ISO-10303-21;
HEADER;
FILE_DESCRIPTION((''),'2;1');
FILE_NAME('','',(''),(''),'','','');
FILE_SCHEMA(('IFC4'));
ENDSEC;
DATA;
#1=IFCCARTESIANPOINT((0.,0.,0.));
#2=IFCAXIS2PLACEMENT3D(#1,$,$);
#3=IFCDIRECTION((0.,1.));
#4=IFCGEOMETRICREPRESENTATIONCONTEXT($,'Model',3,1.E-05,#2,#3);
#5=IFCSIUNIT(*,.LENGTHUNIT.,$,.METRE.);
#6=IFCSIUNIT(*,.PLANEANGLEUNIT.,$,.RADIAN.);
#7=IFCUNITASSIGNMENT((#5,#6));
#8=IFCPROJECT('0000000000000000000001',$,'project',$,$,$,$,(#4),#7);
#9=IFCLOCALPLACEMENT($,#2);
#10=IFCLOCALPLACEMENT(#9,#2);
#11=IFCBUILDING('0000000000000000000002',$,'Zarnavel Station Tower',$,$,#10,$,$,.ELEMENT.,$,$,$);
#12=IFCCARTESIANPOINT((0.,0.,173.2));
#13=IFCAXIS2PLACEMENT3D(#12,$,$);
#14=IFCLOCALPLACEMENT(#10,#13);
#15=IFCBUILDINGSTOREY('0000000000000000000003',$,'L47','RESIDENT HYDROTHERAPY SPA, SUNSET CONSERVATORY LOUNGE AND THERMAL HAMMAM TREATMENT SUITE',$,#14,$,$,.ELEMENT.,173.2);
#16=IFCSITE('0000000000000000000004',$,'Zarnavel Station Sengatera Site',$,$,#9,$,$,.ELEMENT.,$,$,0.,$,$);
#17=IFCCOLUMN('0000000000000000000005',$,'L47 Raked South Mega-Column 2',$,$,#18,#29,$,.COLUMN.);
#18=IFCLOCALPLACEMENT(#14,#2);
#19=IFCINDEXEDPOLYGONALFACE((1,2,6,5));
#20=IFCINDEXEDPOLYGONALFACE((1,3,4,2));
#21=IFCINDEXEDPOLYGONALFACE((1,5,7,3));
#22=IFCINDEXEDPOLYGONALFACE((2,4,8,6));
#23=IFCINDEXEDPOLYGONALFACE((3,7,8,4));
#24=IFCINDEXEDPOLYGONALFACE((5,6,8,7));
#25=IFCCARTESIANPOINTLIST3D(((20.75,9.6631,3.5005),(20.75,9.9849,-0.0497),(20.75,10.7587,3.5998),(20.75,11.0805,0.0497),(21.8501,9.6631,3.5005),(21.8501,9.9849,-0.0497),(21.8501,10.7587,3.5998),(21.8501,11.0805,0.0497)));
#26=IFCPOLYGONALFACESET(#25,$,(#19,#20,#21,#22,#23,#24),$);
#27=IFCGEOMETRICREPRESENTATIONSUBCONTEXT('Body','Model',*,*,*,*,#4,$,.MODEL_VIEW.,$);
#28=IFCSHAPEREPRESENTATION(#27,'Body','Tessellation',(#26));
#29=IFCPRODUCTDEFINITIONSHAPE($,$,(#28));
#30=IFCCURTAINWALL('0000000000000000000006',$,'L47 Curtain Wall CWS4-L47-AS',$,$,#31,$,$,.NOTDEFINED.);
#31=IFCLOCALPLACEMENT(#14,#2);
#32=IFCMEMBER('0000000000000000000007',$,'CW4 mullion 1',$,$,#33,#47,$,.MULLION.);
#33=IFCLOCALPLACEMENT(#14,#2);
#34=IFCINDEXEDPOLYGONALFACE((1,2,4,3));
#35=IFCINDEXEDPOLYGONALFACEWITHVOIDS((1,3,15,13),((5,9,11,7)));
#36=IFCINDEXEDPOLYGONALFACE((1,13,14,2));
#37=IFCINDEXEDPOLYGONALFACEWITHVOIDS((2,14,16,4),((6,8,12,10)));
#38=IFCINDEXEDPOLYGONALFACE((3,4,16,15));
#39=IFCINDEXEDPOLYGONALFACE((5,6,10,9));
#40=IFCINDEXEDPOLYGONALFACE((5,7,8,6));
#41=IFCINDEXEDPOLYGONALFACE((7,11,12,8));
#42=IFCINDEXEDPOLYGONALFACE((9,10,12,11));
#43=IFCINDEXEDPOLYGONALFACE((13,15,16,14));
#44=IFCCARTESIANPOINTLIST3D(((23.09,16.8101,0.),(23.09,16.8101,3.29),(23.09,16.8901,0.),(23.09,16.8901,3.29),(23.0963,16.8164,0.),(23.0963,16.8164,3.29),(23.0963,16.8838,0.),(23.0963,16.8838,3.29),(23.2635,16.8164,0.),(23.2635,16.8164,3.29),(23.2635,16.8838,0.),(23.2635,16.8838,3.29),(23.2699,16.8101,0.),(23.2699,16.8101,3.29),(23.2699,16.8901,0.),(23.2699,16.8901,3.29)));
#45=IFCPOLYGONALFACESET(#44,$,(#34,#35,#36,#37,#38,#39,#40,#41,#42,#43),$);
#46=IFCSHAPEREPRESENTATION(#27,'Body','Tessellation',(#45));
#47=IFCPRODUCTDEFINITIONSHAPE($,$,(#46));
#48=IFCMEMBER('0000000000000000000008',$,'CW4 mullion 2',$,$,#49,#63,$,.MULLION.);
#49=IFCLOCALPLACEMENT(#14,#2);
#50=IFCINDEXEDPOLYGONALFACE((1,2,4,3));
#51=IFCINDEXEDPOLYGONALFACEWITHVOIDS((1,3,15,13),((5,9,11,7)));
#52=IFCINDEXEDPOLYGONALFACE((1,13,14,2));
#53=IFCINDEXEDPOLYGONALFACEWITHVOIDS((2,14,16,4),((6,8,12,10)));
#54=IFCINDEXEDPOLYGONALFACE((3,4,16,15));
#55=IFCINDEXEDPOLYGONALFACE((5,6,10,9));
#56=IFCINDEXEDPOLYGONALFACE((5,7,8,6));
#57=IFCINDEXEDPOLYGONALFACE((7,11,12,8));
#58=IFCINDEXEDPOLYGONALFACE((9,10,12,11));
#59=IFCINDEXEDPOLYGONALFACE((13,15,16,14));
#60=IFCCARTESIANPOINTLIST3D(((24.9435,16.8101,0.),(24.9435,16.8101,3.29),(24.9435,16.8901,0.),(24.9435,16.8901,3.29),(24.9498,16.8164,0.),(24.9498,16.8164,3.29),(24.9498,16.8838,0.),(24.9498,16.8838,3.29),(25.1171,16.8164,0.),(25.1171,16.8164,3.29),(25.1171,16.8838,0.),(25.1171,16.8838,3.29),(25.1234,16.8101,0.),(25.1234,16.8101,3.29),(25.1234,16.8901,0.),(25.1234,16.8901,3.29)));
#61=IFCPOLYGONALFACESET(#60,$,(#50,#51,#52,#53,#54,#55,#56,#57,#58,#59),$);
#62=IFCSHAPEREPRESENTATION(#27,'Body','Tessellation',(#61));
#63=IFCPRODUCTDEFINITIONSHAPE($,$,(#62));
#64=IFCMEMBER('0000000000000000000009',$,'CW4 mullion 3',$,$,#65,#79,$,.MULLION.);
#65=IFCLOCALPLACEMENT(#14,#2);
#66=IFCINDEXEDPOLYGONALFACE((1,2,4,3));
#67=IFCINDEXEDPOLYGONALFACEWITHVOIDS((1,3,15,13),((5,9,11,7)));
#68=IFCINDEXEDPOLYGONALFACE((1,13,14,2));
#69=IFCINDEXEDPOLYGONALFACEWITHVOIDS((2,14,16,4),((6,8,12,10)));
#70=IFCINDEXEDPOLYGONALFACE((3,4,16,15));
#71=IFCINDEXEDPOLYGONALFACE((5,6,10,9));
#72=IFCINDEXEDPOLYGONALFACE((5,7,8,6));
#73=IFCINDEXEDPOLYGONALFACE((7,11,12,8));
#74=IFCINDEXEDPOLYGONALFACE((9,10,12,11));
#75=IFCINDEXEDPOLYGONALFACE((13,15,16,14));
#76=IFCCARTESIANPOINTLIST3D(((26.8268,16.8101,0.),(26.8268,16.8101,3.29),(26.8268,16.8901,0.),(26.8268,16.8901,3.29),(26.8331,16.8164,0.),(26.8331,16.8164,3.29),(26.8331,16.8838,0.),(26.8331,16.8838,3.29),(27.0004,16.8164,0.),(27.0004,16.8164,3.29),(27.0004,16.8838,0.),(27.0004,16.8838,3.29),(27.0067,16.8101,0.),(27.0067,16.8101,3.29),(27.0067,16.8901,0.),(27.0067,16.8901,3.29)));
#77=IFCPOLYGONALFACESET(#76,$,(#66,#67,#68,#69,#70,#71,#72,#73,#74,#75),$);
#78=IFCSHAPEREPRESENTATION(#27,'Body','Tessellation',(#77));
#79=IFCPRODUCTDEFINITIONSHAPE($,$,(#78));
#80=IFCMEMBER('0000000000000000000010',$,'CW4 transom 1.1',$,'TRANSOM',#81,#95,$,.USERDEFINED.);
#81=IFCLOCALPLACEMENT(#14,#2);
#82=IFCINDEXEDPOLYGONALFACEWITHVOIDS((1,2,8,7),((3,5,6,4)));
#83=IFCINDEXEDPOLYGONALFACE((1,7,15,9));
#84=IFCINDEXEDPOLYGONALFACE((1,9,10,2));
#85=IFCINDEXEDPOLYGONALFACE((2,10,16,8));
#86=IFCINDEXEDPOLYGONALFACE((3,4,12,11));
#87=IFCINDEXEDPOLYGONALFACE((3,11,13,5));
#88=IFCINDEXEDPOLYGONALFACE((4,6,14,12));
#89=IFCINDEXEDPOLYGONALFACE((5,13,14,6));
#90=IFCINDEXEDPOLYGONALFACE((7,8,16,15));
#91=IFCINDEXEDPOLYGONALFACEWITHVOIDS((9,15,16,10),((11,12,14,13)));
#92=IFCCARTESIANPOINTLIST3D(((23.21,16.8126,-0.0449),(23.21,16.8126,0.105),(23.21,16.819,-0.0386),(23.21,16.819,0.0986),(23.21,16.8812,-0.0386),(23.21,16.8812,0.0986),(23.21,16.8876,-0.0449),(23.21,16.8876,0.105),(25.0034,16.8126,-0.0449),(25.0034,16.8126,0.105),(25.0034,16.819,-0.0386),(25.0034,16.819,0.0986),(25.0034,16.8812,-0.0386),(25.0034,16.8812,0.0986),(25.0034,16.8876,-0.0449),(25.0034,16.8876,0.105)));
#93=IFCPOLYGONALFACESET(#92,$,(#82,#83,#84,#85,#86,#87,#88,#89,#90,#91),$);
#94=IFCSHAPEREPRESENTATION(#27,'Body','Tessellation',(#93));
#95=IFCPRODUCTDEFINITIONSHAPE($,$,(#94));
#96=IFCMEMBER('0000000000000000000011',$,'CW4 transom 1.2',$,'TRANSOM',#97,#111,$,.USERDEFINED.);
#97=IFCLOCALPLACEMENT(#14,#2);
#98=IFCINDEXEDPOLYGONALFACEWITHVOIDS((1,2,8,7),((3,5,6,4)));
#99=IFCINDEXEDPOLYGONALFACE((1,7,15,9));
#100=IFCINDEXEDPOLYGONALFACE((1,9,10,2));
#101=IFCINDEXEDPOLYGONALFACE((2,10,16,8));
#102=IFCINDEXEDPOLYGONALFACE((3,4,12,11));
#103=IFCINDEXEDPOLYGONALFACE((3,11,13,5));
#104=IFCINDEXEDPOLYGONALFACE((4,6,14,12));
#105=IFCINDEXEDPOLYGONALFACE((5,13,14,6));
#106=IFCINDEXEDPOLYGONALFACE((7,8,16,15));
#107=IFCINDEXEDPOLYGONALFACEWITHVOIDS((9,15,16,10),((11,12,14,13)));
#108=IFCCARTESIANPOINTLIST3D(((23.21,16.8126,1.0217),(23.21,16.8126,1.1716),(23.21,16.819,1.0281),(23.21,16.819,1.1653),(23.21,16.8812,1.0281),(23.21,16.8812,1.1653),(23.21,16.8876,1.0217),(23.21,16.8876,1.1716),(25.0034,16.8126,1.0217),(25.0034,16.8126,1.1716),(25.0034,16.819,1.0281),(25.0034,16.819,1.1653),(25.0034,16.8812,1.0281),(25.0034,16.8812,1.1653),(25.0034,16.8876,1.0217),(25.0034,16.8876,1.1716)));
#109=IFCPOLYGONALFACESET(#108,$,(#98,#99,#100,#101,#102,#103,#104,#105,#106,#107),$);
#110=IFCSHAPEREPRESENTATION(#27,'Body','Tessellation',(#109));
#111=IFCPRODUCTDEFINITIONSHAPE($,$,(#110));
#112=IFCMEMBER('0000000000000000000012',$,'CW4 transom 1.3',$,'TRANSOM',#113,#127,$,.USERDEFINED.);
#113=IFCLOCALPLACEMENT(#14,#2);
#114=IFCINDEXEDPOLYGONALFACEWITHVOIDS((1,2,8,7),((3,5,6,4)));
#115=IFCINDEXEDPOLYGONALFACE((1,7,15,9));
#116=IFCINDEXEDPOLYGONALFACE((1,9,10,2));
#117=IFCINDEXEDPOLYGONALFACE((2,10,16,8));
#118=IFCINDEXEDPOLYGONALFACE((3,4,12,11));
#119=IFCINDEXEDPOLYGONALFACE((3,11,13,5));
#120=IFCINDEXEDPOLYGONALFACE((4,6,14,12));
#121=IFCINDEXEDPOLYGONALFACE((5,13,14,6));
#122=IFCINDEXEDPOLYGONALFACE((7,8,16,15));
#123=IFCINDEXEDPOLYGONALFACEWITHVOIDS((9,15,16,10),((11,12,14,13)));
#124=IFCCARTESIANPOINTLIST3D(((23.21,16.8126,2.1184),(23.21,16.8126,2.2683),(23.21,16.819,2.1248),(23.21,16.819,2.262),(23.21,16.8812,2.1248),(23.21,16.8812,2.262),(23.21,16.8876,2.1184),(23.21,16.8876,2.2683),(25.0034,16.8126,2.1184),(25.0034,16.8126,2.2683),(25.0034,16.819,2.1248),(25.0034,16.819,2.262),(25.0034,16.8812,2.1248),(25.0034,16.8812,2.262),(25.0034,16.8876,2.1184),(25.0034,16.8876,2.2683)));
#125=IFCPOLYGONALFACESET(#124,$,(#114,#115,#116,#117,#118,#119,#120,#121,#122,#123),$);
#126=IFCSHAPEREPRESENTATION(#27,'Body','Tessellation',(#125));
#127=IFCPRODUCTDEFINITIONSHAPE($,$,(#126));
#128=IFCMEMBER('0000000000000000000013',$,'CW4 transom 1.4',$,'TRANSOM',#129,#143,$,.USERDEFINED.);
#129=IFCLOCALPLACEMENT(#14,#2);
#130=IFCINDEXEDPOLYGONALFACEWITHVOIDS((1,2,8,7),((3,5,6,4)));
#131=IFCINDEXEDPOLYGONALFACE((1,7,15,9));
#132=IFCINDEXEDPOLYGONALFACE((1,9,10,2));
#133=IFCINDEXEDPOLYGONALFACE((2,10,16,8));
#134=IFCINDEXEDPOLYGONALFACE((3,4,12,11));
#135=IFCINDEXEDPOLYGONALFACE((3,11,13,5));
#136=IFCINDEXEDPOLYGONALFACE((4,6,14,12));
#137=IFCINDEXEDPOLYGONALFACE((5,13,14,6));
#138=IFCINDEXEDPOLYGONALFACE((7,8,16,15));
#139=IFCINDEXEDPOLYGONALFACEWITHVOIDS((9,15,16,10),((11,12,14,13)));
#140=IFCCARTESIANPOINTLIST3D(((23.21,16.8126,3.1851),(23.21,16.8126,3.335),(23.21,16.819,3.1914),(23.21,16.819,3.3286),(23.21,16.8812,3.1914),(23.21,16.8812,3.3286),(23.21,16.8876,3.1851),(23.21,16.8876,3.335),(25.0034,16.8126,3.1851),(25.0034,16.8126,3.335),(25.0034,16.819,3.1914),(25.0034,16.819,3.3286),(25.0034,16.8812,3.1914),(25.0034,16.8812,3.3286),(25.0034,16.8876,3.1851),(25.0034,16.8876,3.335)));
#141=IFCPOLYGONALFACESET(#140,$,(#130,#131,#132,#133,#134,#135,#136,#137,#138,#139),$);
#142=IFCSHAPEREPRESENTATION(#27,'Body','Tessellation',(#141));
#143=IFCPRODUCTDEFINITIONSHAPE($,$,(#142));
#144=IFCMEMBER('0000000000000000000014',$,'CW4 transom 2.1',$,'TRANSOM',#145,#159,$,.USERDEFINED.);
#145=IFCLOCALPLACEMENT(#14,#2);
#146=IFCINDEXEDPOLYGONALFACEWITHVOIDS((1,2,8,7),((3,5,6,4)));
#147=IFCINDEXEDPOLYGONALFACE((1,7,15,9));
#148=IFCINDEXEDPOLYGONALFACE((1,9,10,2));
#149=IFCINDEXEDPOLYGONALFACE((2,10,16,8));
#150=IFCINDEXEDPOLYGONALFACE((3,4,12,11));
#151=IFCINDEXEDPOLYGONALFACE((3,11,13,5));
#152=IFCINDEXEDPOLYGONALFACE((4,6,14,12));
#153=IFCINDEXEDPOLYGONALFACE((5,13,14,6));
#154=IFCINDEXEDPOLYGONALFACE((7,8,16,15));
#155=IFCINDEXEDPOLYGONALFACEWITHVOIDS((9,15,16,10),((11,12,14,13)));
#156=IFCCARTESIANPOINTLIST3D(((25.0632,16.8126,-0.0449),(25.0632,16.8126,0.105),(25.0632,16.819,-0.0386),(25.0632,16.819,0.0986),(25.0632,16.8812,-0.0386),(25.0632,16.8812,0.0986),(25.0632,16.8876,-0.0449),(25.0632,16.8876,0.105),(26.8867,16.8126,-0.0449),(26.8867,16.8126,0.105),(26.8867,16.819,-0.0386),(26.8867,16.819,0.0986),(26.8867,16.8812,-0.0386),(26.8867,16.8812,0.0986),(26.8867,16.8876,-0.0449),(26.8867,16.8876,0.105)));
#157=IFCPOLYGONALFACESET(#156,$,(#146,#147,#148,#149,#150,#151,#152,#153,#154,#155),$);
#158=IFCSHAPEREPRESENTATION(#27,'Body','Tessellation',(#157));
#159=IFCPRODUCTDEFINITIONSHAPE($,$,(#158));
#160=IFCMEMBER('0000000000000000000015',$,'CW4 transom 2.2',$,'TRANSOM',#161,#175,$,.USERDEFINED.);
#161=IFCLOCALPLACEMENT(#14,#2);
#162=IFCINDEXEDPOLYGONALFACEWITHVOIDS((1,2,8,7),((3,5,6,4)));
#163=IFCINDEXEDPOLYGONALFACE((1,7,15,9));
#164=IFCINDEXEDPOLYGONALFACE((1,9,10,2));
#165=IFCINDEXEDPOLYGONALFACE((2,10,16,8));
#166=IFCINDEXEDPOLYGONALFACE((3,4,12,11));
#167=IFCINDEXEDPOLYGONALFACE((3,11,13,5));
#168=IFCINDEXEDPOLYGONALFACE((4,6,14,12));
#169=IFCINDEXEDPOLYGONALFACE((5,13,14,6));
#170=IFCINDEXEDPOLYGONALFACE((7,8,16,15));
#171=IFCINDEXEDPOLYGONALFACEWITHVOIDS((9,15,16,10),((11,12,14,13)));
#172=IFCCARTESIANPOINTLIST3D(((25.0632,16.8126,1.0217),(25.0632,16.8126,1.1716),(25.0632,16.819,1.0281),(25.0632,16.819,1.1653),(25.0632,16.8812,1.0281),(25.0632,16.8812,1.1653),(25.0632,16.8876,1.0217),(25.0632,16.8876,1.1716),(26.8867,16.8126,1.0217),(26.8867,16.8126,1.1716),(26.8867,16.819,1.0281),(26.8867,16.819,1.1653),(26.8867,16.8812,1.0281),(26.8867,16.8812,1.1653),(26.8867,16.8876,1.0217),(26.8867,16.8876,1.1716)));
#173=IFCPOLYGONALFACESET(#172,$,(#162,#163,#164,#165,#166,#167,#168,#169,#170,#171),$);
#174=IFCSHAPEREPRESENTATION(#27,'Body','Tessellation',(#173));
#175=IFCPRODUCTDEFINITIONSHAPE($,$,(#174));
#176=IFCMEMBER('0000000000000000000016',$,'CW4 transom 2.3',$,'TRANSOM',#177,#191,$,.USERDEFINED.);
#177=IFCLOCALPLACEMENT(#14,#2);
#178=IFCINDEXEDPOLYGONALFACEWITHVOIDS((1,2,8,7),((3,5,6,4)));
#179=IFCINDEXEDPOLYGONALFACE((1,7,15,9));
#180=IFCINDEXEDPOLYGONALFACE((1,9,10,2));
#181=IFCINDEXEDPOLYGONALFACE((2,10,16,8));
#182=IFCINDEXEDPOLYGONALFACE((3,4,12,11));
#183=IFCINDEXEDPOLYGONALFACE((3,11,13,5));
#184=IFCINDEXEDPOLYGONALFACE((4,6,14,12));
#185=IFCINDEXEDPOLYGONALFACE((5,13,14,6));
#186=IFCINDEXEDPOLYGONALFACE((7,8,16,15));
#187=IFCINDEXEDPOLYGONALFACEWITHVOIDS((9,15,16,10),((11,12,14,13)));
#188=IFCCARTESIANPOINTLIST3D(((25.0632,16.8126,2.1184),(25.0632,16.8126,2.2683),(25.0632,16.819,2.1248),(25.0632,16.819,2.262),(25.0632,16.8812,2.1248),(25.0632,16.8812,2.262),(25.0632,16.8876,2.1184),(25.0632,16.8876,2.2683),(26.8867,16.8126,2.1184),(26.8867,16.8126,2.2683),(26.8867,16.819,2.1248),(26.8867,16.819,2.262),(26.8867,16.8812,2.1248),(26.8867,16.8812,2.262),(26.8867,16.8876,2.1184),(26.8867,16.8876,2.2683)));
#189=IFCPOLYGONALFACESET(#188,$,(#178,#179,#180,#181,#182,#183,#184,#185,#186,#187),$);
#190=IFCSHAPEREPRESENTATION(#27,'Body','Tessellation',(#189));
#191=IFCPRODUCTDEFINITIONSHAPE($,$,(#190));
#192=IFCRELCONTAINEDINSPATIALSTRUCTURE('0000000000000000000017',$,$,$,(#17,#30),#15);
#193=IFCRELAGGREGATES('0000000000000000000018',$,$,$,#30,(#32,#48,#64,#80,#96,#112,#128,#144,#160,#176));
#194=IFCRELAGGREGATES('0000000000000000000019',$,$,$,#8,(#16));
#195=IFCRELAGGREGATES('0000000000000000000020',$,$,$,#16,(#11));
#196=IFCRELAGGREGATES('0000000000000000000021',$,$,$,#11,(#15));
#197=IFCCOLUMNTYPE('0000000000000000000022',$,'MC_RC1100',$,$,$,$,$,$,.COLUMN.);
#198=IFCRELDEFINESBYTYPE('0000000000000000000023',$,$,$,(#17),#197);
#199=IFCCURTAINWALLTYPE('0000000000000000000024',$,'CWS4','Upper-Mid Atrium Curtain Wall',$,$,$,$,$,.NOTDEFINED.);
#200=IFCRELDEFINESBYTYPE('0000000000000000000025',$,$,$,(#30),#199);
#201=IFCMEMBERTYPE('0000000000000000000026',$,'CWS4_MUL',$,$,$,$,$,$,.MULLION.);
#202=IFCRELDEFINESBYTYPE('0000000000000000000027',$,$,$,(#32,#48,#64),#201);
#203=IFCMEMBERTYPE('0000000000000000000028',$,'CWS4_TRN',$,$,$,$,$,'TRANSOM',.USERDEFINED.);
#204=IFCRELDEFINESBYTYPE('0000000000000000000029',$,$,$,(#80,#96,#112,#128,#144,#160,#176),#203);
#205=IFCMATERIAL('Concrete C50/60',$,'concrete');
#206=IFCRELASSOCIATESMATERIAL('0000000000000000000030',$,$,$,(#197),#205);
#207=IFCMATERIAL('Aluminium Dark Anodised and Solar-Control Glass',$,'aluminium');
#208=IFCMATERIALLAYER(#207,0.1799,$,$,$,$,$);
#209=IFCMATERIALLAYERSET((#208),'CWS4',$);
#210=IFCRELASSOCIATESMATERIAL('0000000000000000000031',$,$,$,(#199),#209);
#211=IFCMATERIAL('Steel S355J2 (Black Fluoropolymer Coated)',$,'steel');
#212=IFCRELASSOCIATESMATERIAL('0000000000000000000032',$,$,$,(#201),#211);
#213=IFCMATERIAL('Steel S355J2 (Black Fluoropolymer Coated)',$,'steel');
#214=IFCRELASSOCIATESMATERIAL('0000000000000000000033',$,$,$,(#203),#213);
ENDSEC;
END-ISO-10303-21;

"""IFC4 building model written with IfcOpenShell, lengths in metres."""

from ifc_helpers import new_model, si_unit, direction, frame, origin, origin_2d, place, context, subcontext, project, spatial, rectangle, hollow_rectangle, extrude, material, layer, layer_set, material_profile, profile_set, type_object, element, aggregate, save


model = new_model("IFC4")

# Units and contexts
model_context = context("Model", 3, precision=1e-05, world=origin(), true_north=direction((0.0, 1.0)))
body_context = subcontext(model_context, "Body", "Model", "MODEL_VIEW")
ifc_project = project(units=[si_unit("LENGTHUNIT", "METRE"), si_unit("PLANEANGLEUNIT", "RADIAN")], contexts=[model_context])

# Site, building, storey
site_placement = place(None, origin())
site = spatial("IfcSite", under=ifc_project, at=site_placement, Name="Zarnavel Station Sengatera Site", CompositionType="ELEMENT", RefElevation=0.0)
building_placement = place(site_placement, origin())
building = spatial("IfcBuilding", under=site, at=building_placement, Name="Zarnavel Station Tower", CompositionType="ELEMENT")
storey_placement = place(building_placement, frame((0.0, 0.0, 173.2)))
storey = spatial("IfcBuildingStorey", under=building, at=storey_placement, Name="L47", Description="RESIDENT HYDROTHERAPY SPA, SUNSET CONSERVATORY LOUNGE AND THERMAL HAMMAM TREATMENT SUITE", CompositionType="ELEMENT", Elevation=173.2)

# Column
ifc_material_1 = material(Name="Concrete C50/60", Category="concrete")
ifc_material_profile_1 = material_profile(ifc_material_1, rectangle(XDim=1.1001, YDim=1.1001, at=origin_2d()), Name="RC1100x1100")
ifc_profile_set_1 = profile_set([ifc_material_profile_1], Name="Concrete C50/60")
column_type = type_object("IfcColumnType", Name="MC_RC1100", PredefinedType="COLUMN", material=ifc_profile_set_1)
column_placement = place(storey_placement, frame((21.3, 10.5327, 0.0), z_axis=(0.0, -0.09027, 0.995917), x_axis=(1.0, 0.0, 0.0)))
element("IfcColumn", 1, at=column_placement, inside=storey, type_object=column_type, Name="L47 Raked South Mega-Column 2", PredefinedType="COLUMN", context=body_context, shape_type="SweptSolid", body=[
    extrude(rectangle(XDim=1.1001, YDim=1.1001, at=origin_2d()), origin(), (0.0, 0.0, 1.0), 3.5647),
])

# Curtain wall, members
ifc_material_2 = material(Name="Aluminium Dark Anodised and Solar-Control Glass", Category="aluminium")
ifc_layer_1 = layer(ifc_material_2, 0.1799)
ifc_layer_set_1 = layer_set([ifc_layer_1], Name="CWS4")
curtain_wall_type = type_object("IfcCurtainWallType", Name="CWS4", Description="Upper-Mid Atrium Curtain Wall", PredefinedType="NOTDEFINED", material=ifc_layer_set_1)
curtain_wall_placement = place(storey_placement, origin())
curtain_wall = element("IfcCurtainWall", 2, at=curtain_wall_placement, inside=storey, type_object=curtain_wall_type, Name="L47 Curtain Wall CWS4-L47-AS", PredefinedType="NOTDEFINED")
ifc_material_3 = material(Name="Steel S355J2 (Black Fluoropolymer Coated)", Category="steel")
ifc_material_profile_2 = material_profile(ifc_material_3, hollow_rectangle(XDim=0.0801, YDim=0.1799, WallThickness=0.0063, at=origin_2d()), Name="RHS180x80x6.3")
ifc_profile_set_2 = profile_set([ifc_material_profile_2], Name="Steel S355J2 (Black Fluoropolymer Coated)")
member_type_1 = type_object("IfcMemberType", Name="CWS4_MUL", PredefinedType="MULLION", material=ifc_profile_set_2)
member_1_placement = place(storey_placement, frame((23.1799, 16.8501, 0.0), z_axis=(0.0, 0.0, 1.0), x_axis=(0.0, 1.0, 0.0)))
member_1 = element("IfcMember", 3, at=member_1_placement, type_object=member_type_1, Name="CW4 mullion 1", PredefinedType="MULLION", context=body_context, shape_type="SweptSolid", body=[
    extrude(hollow_rectangle(XDim=0.0801, YDim=0.1799, WallThickness=0.0063, at=origin_2d()), origin(), (0.0, 0.0, 1.0), 3.29),
])
member_2_placement = place(storey_placement, frame((25.0334, 16.8501, 0.0), z_axis=(0.0, 0.0, 1.0), x_axis=(0.0, 1.0, 0.0)))
member_2 = element("IfcMember", 4, at=member_2_placement, type_object=member_type_1, Name="CW4 mullion 2", PredefinedType="MULLION", context=body_context, shape_type="SweptSolid", body=[
    extrude(hollow_rectangle(XDim=0.0801, YDim=0.1799, WallThickness=0.0063, at=origin_2d()), origin(), (0.0, 0.0, 1.0), 3.29),
])
member_3_placement = place(storey_placement, frame((26.9167, 16.8501, 0.0), z_axis=(0.0, 0.0, 1.0), x_axis=(0.0, 1.0, 0.0)))
member_3 = element("IfcMember", 5, at=member_3_placement, type_object=member_type_1, Name="CW4 mullion 3", PredefinedType="MULLION", context=body_context, shape_type="SweptSolid", body=[
    extrude(hollow_rectangle(XDim=0.0801, YDim=0.1799, WallThickness=0.0063, at=origin_2d()), origin(), (0.0, 0.0, 1.0), 3.29),
])
ifc_material_4 = material(Name="Steel S355J2 (Black Fluoropolymer Coated)", Category="steel")
ifc_material_profile_3 = material_profile(ifc_material_4, hollow_rectangle(XDim=0.075, YDim=0.1499, WallThickness=0.0063, at=origin_2d()), Name="RHS150x75x6.3")
ifc_profile_set_3 = profile_set([ifc_material_profile_3], Name="Steel S355J2 (Black Fluoropolymer Coated)")
member_type_2 = type_object("IfcMemberType", Name="CWS4_TRN", ElementType="TRANSOM", PredefinedType="USERDEFINED", material=ifc_profile_set_3)
member_4_placement = place(storey_placement, frame((23.21, 16.8501, 0.03), z_axis=(1.0, 0.0, 0.0), x_axis=(0.0, 1.0, 0.0)))
member_4 = element("IfcMember", 6, at=member_4_placement, type_object=member_type_2, Name="CW4 transom 1.1", ObjectType="TRANSOM", PredefinedType="USERDEFINED", context=body_context, shape_type="SweptSolid", body=[
    extrude(hollow_rectangle(XDim=0.075, YDim=0.1499, WallThickness=0.0063, at=origin_2d()), origin(), (0.0, 0.0, 1.0), 1.7935),
])
member_5_placement = place(storey_placement, frame((23.21, 16.8501, 1.0967), z_axis=(1.0, 0.0, 0.0), x_axis=(0.0, 1.0, 0.0)))
member_5 = element("IfcMember", 7, at=member_5_placement, type_object=member_type_2, Name="CW4 transom 1.2", ObjectType="TRANSOM", PredefinedType="USERDEFINED", context=body_context, shape_type="SweptSolid", body=[
    extrude(hollow_rectangle(XDim=0.075, YDim=0.1499, WallThickness=0.0063, at=origin_2d()), origin(), (0.0, 0.0, 1.0), 1.7935),
])
member_6_placement = place(storey_placement, frame((23.21, 16.8501, 2.1934), z_axis=(1.0, 0.0, 0.0), x_axis=(0.0, 1.0, 0.0)))
member_6 = element("IfcMember", 8, at=member_6_placement, type_object=member_type_2, Name="CW4 transom 1.3", ObjectType="TRANSOM", PredefinedType="USERDEFINED", context=body_context, shape_type="SweptSolid", body=[
    extrude(hollow_rectangle(XDim=0.075, YDim=0.1499, WallThickness=0.0063, at=origin_2d()), origin(), (0.0, 0.0, 1.0), 1.7935),
])
member_7_placement = place(storey_placement, frame((23.21, 16.8501, 3.26), z_axis=(1.0, 0.0, 0.0), x_axis=(0.0, 1.0, 0.0)))
member_7 = element("IfcMember", 9, at=member_7_placement, type_object=member_type_2, Name="CW4 transom 1.4", ObjectType="TRANSOM", PredefinedType="USERDEFINED", context=body_context, shape_type="SweptSolid", body=[
    extrude(hollow_rectangle(XDim=0.075, YDim=0.1499, WallThickness=0.0063, at=origin_2d()), origin(), (0.0, 0.0, 1.0), 1.7935),
])
member_8_placement = place(storey_placement, frame((25.0632, 16.8501, 0.03), z_axis=(1.0, 0.0, 0.0), x_axis=(0.0, 1.0, 0.0)))
member_8 = element("IfcMember", 10, at=member_8_placement, type_object=member_type_2, Name="CW4 transom 2.1", ObjectType="TRANSOM", PredefinedType="USERDEFINED", context=body_context, shape_type="SweptSolid", body=[
    extrude(hollow_rectangle(XDim=0.075, YDim=0.1499, WallThickness=0.0063, at=origin_2d()), origin(), (0.0, 0.0, 1.0), 1.8235),
])
member_9_placement = place(storey_placement, frame((25.0632, 16.8501, 1.0967), z_axis=(1.0, 0.0, 0.0), x_axis=(0.0, 1.0, 0.0)))
member_9 = element("IfcMember", 11, at=member_9_placement, type_object=member_type_2, Name="CW4 transom 2.2", ObjectType="TRANSOM", PredefinedType="USERDEFINED", context=body_context, shape_type="SweptSolid", body=[
    extrude(hollow_rectangle(XDim=0.075, YDim=0.1499, WallThickness=0.0063, at=origin_2d()), origin(), (0.0, 0.0, 1.0), 1.8235),
])
member_10_placement = place(storey_placement, frame((25.0632, 16.8501, 2.1934), z_axis=(1.0, 0.0, 0.0), x_axis=(0.0, 1.0, 0.0)))
member_10 = element("IfcMember", 12, at=member_10_placement, type_object=member_type_2, Name="CW4 transom 2.3", ObjectType="TRANSOM", PredefinedType="USERDEFINED", context=body_context, shape_type="SweptSolid", body=[
    extrude(hollow_rectangle(XDim=0.075, YDim=0.1499, WallThickness=0.0063, at=origin_2d()), origin(), (0.0, 0.0, 1.0), 1.8235),
])

aggregate(curtain_wall, [member_1, member_2, member_3, member_4, member_5, member_6, member_7, member_8, member_9, member_10])

save(model, "model.ifc")
